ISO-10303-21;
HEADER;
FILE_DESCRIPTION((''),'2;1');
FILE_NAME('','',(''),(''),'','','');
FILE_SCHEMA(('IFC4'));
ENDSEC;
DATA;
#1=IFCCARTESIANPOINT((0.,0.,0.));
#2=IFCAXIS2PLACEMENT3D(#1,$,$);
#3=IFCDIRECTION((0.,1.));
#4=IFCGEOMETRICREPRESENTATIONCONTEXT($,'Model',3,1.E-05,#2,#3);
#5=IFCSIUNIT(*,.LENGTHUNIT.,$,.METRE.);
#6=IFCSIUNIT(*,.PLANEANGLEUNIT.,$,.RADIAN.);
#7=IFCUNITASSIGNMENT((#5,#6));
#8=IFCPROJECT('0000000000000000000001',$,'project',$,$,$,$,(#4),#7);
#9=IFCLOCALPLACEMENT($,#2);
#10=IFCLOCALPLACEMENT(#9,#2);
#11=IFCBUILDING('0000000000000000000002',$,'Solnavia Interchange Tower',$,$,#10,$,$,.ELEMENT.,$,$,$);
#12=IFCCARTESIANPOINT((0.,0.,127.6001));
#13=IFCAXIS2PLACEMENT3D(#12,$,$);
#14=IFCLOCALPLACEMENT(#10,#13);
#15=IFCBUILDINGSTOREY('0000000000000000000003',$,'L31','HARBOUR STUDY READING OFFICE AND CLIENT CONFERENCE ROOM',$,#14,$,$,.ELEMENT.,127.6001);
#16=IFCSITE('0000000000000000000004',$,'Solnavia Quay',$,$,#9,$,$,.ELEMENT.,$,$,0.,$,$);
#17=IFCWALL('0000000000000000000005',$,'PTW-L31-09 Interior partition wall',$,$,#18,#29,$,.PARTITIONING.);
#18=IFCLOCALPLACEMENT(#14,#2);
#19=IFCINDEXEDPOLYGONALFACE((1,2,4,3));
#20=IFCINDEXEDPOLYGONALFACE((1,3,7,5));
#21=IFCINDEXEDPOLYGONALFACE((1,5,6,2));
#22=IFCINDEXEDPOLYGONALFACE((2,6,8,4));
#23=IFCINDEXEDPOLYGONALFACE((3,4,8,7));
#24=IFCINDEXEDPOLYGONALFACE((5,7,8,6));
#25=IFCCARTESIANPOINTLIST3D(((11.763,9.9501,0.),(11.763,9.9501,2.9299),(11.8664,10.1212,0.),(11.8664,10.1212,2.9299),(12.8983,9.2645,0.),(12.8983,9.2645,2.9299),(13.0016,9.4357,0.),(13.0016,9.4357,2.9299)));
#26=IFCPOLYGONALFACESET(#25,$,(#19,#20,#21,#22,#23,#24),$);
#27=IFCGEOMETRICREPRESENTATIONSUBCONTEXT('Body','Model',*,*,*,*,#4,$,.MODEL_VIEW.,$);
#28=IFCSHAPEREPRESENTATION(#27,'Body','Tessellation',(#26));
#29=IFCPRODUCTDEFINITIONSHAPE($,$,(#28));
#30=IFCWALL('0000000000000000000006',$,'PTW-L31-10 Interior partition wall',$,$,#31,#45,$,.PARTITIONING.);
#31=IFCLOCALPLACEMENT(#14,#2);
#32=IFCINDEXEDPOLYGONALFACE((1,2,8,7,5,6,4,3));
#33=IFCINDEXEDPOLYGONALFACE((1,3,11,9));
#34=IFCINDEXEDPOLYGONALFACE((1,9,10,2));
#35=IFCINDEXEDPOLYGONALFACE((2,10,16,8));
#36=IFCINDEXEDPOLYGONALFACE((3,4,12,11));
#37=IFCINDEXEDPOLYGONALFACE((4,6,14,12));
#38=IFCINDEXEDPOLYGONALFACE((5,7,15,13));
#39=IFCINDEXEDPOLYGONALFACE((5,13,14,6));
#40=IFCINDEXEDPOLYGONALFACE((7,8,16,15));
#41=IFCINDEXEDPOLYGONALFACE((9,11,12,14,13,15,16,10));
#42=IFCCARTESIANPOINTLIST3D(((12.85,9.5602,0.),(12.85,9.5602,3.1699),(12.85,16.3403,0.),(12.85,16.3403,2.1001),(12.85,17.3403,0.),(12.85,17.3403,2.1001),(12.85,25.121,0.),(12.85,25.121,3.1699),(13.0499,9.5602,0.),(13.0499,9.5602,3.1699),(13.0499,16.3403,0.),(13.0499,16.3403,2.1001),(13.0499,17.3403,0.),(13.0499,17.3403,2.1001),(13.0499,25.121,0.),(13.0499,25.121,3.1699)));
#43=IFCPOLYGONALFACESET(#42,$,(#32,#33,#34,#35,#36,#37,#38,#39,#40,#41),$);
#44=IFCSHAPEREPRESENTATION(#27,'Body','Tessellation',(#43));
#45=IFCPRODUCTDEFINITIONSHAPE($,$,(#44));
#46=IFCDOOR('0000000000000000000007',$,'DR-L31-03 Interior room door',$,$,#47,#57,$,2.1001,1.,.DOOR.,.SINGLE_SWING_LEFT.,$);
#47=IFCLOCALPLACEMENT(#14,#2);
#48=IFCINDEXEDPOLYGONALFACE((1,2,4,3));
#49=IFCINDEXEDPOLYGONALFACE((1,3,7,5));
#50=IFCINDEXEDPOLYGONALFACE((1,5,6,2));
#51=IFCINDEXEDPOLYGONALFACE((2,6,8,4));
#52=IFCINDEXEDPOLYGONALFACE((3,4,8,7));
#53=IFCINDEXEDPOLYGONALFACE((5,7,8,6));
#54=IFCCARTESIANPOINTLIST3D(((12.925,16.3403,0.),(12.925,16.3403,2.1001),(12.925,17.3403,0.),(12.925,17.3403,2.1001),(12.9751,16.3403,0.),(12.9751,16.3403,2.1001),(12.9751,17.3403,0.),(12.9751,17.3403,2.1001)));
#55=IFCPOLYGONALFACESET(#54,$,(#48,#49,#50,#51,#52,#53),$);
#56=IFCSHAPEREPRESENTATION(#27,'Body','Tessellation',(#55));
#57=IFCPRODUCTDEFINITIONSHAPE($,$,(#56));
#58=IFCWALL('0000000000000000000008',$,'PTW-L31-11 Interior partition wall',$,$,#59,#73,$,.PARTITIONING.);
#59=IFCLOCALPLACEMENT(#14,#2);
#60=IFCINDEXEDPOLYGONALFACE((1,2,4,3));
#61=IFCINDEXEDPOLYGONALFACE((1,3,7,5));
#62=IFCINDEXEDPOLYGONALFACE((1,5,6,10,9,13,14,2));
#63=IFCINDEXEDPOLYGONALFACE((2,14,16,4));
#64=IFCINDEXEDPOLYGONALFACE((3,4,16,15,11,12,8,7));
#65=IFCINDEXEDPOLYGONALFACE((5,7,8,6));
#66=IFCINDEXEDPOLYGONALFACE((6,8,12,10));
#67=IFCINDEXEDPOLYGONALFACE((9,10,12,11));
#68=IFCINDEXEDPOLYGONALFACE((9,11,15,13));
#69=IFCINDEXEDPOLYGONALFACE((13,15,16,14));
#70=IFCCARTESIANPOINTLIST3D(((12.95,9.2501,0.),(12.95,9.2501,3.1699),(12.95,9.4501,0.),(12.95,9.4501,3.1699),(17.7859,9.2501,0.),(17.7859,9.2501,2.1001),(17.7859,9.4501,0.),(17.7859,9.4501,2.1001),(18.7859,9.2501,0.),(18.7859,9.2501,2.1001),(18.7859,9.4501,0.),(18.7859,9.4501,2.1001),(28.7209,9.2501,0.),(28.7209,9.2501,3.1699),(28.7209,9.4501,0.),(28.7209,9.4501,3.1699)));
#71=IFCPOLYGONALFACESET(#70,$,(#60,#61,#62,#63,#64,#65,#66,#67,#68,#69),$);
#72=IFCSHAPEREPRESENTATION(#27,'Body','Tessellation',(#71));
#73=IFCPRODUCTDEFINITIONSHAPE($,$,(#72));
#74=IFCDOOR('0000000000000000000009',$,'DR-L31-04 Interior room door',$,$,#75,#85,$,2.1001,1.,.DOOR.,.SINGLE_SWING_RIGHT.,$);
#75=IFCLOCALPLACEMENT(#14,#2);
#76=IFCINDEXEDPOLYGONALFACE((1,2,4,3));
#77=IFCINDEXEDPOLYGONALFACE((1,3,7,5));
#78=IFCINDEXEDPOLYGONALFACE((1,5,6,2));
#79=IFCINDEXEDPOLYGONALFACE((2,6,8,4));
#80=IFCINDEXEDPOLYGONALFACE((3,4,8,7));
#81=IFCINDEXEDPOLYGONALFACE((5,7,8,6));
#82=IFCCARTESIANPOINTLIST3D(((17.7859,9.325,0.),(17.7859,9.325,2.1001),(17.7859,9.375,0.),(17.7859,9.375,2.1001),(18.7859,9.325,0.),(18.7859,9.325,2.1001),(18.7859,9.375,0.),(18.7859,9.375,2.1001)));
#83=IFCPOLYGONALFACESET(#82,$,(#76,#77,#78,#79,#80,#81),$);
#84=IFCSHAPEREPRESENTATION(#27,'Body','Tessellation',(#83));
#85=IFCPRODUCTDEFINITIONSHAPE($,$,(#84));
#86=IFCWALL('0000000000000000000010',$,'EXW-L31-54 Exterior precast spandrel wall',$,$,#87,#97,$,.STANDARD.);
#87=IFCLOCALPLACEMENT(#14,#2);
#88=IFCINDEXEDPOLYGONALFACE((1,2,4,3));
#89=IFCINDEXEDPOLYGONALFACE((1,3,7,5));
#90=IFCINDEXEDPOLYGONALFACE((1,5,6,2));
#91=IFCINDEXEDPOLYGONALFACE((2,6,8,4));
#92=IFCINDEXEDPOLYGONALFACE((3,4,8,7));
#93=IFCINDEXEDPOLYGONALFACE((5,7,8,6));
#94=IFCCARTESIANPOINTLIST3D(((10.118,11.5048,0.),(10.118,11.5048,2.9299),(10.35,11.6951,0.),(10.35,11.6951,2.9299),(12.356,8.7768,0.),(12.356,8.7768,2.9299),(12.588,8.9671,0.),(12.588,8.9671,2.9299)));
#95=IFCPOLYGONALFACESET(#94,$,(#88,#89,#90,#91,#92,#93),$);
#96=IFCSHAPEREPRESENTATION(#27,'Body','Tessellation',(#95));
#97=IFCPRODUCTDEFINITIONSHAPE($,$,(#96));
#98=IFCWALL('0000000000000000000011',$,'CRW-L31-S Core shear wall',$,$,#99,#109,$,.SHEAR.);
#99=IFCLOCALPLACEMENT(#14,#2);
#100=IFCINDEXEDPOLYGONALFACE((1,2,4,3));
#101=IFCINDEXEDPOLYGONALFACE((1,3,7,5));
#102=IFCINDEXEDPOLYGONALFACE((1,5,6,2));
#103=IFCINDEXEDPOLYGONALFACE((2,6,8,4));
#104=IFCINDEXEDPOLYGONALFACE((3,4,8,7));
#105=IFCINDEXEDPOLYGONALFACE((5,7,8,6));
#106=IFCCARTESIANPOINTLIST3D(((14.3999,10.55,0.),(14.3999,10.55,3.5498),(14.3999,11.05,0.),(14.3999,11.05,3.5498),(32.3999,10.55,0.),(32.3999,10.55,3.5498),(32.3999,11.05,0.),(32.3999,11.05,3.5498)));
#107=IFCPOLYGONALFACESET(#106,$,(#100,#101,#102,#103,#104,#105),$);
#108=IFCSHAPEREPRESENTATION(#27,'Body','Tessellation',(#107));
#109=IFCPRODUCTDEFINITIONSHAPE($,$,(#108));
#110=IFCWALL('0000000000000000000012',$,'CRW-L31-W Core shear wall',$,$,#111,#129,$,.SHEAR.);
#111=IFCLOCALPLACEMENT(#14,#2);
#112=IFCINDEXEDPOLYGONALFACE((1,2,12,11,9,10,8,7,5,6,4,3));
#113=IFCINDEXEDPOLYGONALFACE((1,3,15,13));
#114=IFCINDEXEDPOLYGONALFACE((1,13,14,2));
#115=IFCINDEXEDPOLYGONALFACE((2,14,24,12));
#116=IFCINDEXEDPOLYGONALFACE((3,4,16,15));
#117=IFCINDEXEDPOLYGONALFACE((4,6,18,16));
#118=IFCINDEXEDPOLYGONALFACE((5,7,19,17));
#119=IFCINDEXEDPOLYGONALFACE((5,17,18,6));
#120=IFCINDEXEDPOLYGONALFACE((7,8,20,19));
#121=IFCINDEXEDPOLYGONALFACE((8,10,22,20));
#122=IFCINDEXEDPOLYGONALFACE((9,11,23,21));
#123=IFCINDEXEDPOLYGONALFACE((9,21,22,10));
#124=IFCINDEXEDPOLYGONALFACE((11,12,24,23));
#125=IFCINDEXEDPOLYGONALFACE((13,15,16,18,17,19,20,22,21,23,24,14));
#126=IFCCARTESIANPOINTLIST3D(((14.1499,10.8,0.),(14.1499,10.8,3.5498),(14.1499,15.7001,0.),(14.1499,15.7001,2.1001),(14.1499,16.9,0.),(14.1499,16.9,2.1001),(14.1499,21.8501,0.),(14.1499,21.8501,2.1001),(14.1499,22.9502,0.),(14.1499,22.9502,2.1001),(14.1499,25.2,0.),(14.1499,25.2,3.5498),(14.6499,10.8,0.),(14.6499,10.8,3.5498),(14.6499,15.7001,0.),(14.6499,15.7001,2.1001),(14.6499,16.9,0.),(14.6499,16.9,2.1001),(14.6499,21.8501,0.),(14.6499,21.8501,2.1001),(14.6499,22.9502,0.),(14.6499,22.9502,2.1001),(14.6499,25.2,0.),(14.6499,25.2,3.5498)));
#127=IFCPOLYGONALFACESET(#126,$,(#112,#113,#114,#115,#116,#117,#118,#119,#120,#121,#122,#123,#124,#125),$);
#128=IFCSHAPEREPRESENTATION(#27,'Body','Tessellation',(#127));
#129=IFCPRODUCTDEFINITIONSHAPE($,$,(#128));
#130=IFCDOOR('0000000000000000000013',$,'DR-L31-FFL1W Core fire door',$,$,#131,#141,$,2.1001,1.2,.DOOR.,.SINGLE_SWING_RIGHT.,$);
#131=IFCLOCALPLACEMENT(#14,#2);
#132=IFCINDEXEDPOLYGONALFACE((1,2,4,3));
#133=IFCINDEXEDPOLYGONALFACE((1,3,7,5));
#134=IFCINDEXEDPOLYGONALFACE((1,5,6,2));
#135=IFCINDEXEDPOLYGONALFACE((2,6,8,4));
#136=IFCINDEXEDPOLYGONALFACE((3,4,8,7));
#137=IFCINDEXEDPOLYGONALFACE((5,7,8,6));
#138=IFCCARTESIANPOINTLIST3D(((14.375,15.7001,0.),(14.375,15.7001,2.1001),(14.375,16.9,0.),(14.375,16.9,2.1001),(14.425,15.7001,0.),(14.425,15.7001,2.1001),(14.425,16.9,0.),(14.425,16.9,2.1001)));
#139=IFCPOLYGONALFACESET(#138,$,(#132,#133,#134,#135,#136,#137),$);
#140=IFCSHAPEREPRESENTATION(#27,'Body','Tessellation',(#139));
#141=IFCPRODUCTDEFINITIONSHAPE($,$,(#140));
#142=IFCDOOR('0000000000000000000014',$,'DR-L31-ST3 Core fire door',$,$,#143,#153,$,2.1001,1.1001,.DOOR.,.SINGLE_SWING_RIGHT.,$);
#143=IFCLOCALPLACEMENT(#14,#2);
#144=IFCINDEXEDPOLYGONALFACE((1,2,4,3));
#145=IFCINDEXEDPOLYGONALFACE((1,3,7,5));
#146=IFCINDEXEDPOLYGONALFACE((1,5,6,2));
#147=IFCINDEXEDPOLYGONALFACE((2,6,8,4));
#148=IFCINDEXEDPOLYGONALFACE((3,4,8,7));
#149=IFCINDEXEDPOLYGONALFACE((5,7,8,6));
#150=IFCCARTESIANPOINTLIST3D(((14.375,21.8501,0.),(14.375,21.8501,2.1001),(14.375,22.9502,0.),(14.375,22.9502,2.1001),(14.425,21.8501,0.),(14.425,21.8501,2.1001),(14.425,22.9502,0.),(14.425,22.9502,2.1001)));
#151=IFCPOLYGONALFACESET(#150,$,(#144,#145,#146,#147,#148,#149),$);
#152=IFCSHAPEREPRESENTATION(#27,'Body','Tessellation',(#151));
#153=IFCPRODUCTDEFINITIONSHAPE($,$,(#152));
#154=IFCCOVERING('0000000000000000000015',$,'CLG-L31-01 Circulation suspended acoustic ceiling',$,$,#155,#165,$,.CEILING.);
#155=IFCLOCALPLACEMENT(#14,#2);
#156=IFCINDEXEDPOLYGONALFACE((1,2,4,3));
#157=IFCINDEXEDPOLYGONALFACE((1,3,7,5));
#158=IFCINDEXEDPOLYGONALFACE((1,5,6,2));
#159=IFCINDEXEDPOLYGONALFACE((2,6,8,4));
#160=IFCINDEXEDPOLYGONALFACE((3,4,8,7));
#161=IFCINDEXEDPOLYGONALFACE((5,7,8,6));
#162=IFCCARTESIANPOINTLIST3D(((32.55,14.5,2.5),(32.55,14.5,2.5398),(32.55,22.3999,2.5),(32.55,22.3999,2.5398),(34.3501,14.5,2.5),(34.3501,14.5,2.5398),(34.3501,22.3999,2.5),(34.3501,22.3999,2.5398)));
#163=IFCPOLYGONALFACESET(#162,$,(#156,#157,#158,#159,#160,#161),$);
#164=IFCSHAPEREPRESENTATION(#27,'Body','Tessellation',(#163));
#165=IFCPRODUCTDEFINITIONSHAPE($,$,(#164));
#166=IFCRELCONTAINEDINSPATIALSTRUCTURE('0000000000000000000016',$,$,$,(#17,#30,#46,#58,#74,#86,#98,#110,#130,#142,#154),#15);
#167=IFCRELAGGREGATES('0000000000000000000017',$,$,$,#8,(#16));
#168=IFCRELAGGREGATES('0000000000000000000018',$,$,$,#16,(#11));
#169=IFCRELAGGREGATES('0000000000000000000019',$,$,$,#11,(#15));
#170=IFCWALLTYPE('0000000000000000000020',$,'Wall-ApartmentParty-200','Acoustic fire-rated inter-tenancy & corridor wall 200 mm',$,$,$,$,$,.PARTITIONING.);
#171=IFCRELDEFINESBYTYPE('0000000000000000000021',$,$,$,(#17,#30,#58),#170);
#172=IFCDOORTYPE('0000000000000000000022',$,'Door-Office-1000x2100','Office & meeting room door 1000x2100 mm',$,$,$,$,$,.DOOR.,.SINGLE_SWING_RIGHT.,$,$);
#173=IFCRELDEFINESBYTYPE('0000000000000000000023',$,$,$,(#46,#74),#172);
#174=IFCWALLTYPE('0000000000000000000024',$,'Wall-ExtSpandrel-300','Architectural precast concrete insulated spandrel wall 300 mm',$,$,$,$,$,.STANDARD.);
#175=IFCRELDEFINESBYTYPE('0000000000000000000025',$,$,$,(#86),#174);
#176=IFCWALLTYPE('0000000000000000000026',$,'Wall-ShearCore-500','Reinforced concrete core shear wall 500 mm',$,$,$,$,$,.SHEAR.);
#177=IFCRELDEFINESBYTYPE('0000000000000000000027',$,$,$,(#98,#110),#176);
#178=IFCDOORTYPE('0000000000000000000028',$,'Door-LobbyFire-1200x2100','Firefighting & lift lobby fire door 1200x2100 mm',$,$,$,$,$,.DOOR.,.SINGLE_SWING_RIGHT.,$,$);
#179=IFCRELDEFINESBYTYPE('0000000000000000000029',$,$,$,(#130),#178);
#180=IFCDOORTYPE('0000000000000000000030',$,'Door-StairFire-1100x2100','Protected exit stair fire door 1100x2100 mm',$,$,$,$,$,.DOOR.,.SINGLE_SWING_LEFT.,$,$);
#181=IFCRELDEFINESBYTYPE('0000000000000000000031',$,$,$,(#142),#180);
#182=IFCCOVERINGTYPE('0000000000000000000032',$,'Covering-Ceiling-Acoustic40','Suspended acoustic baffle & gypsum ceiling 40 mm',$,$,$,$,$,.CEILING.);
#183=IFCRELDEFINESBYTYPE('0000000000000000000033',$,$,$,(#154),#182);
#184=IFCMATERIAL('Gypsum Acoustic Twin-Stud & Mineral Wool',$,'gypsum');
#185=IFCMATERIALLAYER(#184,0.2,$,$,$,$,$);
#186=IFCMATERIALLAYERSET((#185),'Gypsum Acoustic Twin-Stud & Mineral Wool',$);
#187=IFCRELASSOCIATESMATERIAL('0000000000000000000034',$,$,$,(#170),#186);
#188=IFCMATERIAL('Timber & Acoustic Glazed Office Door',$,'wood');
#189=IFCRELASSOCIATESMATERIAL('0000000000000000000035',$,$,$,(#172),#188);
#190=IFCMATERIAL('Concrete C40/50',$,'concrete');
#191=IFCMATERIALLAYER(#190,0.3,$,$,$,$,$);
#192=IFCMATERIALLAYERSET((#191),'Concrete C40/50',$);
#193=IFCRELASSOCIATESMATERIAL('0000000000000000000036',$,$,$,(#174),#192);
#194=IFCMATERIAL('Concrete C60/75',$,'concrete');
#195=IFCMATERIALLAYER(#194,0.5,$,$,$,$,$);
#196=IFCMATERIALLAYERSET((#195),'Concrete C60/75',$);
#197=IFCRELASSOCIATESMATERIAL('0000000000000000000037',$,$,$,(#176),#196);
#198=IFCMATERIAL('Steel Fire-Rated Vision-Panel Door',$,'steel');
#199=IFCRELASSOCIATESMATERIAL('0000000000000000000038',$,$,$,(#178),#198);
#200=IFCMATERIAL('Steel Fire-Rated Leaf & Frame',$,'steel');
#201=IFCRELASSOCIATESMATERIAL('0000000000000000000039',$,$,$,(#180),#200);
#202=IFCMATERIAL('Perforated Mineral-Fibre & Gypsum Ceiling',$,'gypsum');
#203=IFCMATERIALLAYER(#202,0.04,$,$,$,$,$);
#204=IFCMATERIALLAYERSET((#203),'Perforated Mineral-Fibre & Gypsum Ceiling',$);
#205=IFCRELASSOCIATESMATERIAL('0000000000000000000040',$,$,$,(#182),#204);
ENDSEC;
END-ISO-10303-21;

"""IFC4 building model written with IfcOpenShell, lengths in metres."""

from ifc_helpers import new_model, si_unit, direction, frame, frame_2d, origin, place, context, subcontext, project, spatial, polyline, rectangle, outline, extrude, material, layer, layer_set, type_object, element, fill, save


model = new_model("IFC4")

# Units and contexts
model_context = context("Model", 3, precision=1e-05, world=origin(), true_north=direction((0.0, 1.0)))
body_context = subcontext(model_context, "Body", "Model", "MODEL_VIEW")
ifc_project = project(units=[si_unit("LENGTHUNIT", "METRE"), si_unit("PLANEANGLEUNIT", "RADIAN")], contexts=[model_context])

# Site, building, storey
site_placement = place(None, origin())
site = spatial("IfcSite", under=ifc_project, at=site_placement, Name="Solnavia Quay", CompositionType="ELEMENT", RefElevation=0.0)
building_placement = place(site_placement, origin())
building = spatial("IfcBuilding", under=site, at=building_placement, Name="Solnavia Interchange Tower", CompositionType="ELEMENT")
storey_placement = place(building_placement, frame((0.0, 0.0, 127.6001)))
storey = spatial("IfcBuildingStorey", under=building, at=storey_placement, Name="L31", Description="HARBOUR STUDY READING OFFICE AND CLIENT CONFERENCE ROOM", CompositionType="ELEMENT", Elevation=127.6001)

# Shared definitions
ifc_material_1 = material(Name="Concrete C40/50", Category="concrete")

# Wall
ifc_material_2 = material(Name="Gypsum Acoustic Twin-Stud & Mineral Wool", Category="gypsum")
ifc_layer_1 = layer(ifc_material_2, 0.2)
ifc_layer_set_1 = layer_set([ifc_layer_1], Name="Gypsum Acoustic Twin-Stud & Mineral Wool")
wall_type_1 = type_object("IfcWallType", Name="Wall-ApartmentParty-200", Description="Acoustic fire-rated inter-tenancy & corridor wall 200 mm", PredefinedType="PARTITIONING", material=ifc_layer_set_1)
wall_1_placement = place(storey_placement, frame((12.95, 9.3501, 0.0), z_axis=(0.0, 0.0, 1.0), x_axis=(-0.856028, 0.51693, 0.0)))
element("IfcWall", 1, at=wall_1_placement, inside=storey, type_object=wall_type_1, Name="PTW-L31-09 Interior partition wall", PredefinedType="PARTITIONING", context=body_context, shape_type="SweptSolid", body=[
    extrude(rectangle(XDim=1.3262, YDim=0.2, at=frame_2d((0.6631, 0.0))), origin(), (0.0, 0.0, 1.0), 2.9299),
])

# Walls, openings, doors
wall_2_placement = place(storey_placement, frame((12.95, 9.5603, 0.0), z_axis=(0.0, 0.0, 1.0), x_axis=(0.0, 1.0, 0.0)))
wall_2 = element("IfcWall", 2, at=wall_2_placement, inside=storey, type_object=wall_type_1, Name="PTW-L31-10 Interior partition wall", PredefinedType="PARTITIONING", context=body_context, shape_type="SweptSolid", body=[
    extrude(rectangle(XDim=15.5608, YDim=0.2, at=frame_2d((7.7803, 0.0))), origin(), (0.0, 0.0, 1.0), 3.1699),
])
opening_1_placement = place(wall_2_placement, frame((6.78, 0.0, 0.0)))
opening_1 = element("IfcOpeningElement", 3, at=opening_1_placement, cuts=wall_2, PredefinedType="OPENING", context=body_context, shape_type="SweptSolid", body=[
    extrude(rectangle(XDim=1.0, YDim=2.1001, at=frame_2d((0.5, 1.05))), frame((0.0, 0.1099, 0.0), z_axis=(0.0, -1.0, 0.0), x_axis=(1.0, 0.0, 0.0)), (0.0, 0.0, 1.0), 0.22),
])
ifc_material_3 = material(Name="Timber & Acoustic Glazed Office Door", Category="wood")
door_type_1 = type_object("IfcDoorType", Name="Door-Office-1000x2100", Description="Office & meeting room door 1000x2100 mm", OperationType="SINGLE_SWING_RIGHT", PredefinedType="DOOR", material=ifc_material_3)
door_1_placement = place(opening_1_placement, origin())
door_1 = element("IfcDoor", 4, at=door_1_placement, inside=storey, type_object=door_type_1, Name="DR-L31-03 Interior room door", OperationType="SINGLE_SWING_LEFT", OverallHeight=2.1001, OverallWidth=1.0, PredefinedType="DOOR", context=body_context, shape_type="SweptSolid", body=[
    extrude(rectangle(XDim=1.0, YDim=2.1001, at=frame_2d((0.5, 1.05))), frame((0.0, 0.0249, 0.0), z_axis=(0.0, -1.0, 0.0), x_axis=(1.0, 0.0, 0.0)), (0.0, 0.0, 1.0), 0.05),
])
fill(opening_1, door_1)
wall_3_placement = place(storey_placement, frame((12.95, 9.3501, 0.0), z_axis=(0.0, 0.0, 1.0), x_axis=(1.0, 0.0, 0.0)))
wall_3 = element("IfcWall", 5, at=wall_3_placement, inside=storey, type_object=wall_type_1, Name="PTW-L31-11 Interior partition wall", PredefinedType="PARTITIONING", context=body_context, shape_type="SweptSolid", body=[
    extrude(rectangle(XDim=15.771, YDim=0.2, at=frame_2d((7.8855, 0.0))), origin(), (0.0, 0.0, 1.0), 3.1699),
])
opening_2_placement = place(wall_3_placement, frame((4.8359, 0.0, 0.0)))
opening_2 = element("IfcOpeningElement", 6, at=opening_2_placement, cuts=wall_3, PredefinedType="OPENING", context=body_context, shape_type="SweptSolid", body=[
    extrude(rectangle(XDim=1.0, YDim=2.1001, at=frame_2d((0.5, 1.05))), frame((0.0, 0.1099, 0.0), z_axis=(0.0, -1.0, 0.0), x_axis=(1.0, 0.0, 0.0)), (0.0, 0.0, 1.0), 0.22),
])
door_2_placement = place(opening_2_placement, origin())
door_2 = element("IfcDoor", 7, at=door_2_placement, inside=storey, type_object=door_type_1, Name="DR-L31-04 Interior room door", OperationType="SINGLE_SWING_RIGHT", OverallHeight=2.1001, OverallWidth=1.0, PredefinedType="DOOR", context=body_context, shape_type="SweptSolid", body=[
    extrude(rectangle(XDim=1.0, YDim=2.1001, at=frame_2d((0.5, 1.05))), frame((0.0, 0.0249, 0.0), z_axis=(0.0, -1.0, 0.0), x_axis=(1.0, 0.0, 0.0)), (0.0, 0.0, 1.0), 0.05),
])
fill(opening_2, door_2)

# Walls
ifc_layer_2 = layer(ifc_material_1, 0.3)
ifc_layer_set_2 = layer_set([ifc_layer_2], Name="Concrete C40/50")
wall_type_2 = type_object("IfcWallType", Name="Wall-ExtSpandrel-300", Description="Architectural precast concrete insulated spandrel wall 300 mm", PredefinedType="STANDARD", material=ifc_layer_set_2)
wall_4_placement = place(storey_placement, frame((12.4719, 8.8721, 0.0), z_axis=(0.0, 0.0, 1.0), x_axis=(-0.634258, 0.773121, 0.0)))
element("IfcWall", 8, at=wall_4_placement, inside=storey, type_object=wall_type_2, Name="EXW-L31-54 Exterior precast spandrel wall", PredefinedType="STANDARD", context=body_context, shape_type="SweptSolid", body=[
    extrude(rectangle(XDim=3.5286, YDim=0.3, at=frame_2d((1.7642, 0.0))), origin(), (0.0, 0.0, 1.0), 2.9299),
])
ifc_material_4 = material(Name="Concrete C60/75", Category="concrete")
ifc_layer_3 = layer(ifc_material_4, 0.5)
ifc_layer_set_3 = layer_set([ifc_layer_3], Name="Concrete C60/75")
wall_type_3 = type_object("IfcWallType", Name="Wall-ShearCore-500", Description="Reinforced concrete core shear wall 500 mm", PredefinedType="SHEAR", material=ifc_layer_set_3)
wall_5_placement = place(storey_placement, frame((14.3999, 10.8, 0.0), z_axis=(0.0, 0.0, 1.0), x_axis=(1.0, 0.0, 0.0)))
element("IfcWall", 9, at=wall_5_placement, inside=storey, type_object=wall_type_3, Name="CRW-L31-S Core shear wall", PredefinedType="SHEAR", context=body_context, shape_type="SweptSolid", body=[
    extrude(rectangle(XDim=18.0, YDim=0.5, at=frame_2d((9.0, 0.0))), origin(), (0.0, 0.0, 1.0), 3.5498),
])

# Wall, openings, doors
wall_6_placement = place(storey_placement, frame((14.3999, 10.8, 0.0), z_axis=(0.0, 0.0, 1.0), x_axis=(0.0, 1.0, 0.0)))
wall_6 = element("IfcWall", 10, at=wall_6_placement, inside=storey, type_object=wall_type_3, Name="CRW-L31-W Core shear wall", PredefinedType="SHEAR", context=body_context, shape_type="SweptSolid", body=[
    extrude(rectangle(XDim=14.3999, YDim=0.5, at=frame_2d((7.2, 0.0))), origin(), (0.0, 0.0, 1.0), 3.5498),
])
opening_3_placement = place(wall_6_placement, frame((11.05, 0.0, 0.0)))
opening_3 = element("IfcOpeningElement", 11, at=opening_3_placement, cuts=wall_6, PredefinedType="OPENING", context=body_context, shape_type="SweptSolid", body=[
    extrude(rectangle(XDim=1.1001, YDim=2.1001, at=frame_2d((0.55, 1.05))), frame((0.0, 0.26, 0.0), z_axis=(0.0, -1.0, 0.0), x_axis=(1.0, 0.0, 0.0)), (0.0, 0.0, 1.0), 0.52),
])
opening_4_placement = place(wall_6_placement, frame((4.8999, 0.0, 0.0)))
opening_4 = element("IfcOpeningElement", 12, at=opening_4_placement, cuts=wall_6, PredefinedType="OPENING", context=body_context, shape_type="SweptSolid", body=[
    extrude(rectangle(XDim=1.2, YDim=2.1001, at=frame_2d((0.6001, 1.05))), frame((0.0, 0.26, 0.0), z_axis=(0.0, -1.0, 0.0), x_axis=(1.0, 0.0, 0.0)), (0.0, 0.0, 1.0), 0.52),
])
ifc_material_5 = material(Name="Steel Fire-Rated Vision-Panel Door", Category="steel")
door_type_2 = type_object("IfcDoorType", Name="Door-LobbyFire-1200x2100", Description="Firefighting & lift lobby fire door 1200x2100 mm", OperationType="SINGLE_SWING_RIGHT", PredefinedType="DOOR", material=ifc_material_5)
door_3_placement = place(opening_4_placement, origin())
door_3 = element("IfcDoor", 13, at=door_3_placement, inside=storey, type_object=door_type_2, Name="DR-L31-FFL1W Core fire door", OperationType="SINGLE_SWING_RIGHT", OverallHeight=2.1001, OverallWidth=1.2, PredefinedType="DOOR", context=body_context, shape_type="SweptSolid", body=[
    extrude(rectangle(XDim=1.2, YDim=2.1001, at=frame_2d((0.6001, 1.05))), frame((0.0, 0.0249, 0.0), z_axis=(0.0, -1.0, 0.0), x_axis=(1.0, 0.0, 0.0)), (0.0, 0.0, 1.0), 0.05),
])
fill(opening_4, door_3)
ifc_material_6 = material(Name="Steel Fire-Rated Leaf & Frame", Category="steel")
door_type_3 = type_object("IfcDoorType", Name="Door-StairFire-1100x2100", Description="Protected exit stair fire door 1100x2100 mm", OperationType="SINGLE_SWING_LEFT", PredefinedType="DOOR", material=ifc_material_6)
door_4_placement = place(opening_3_placement, origin())
door_4 = element("IfcDoor", 14, at=door_4_placement, inside=storey, type_object=door_type_3, Name="DR-L31-ST3 Core fire door", OperationType="SINGLE_SWING_RIGHT", OverallHeight=2.1001, OverallWidth=1.1001, PredefinedType="DOOR", context=body_context, shape_type="SweptSolid", body=[
    extrude(rectangle(XDim=1.1001, YDim=2.1001, at=frame_2d((0.55, 1.05))), frame((0.0, 0.0249, 0.0), z_axis=(0.0, -1.0, 0.0), x_axis=(1.0, 0.0, 0.0)), (0.0, 0.0, 1.0), 0.05),
])
fill(opening_3, door_4)

# Covering
ifc_material_7 = material(Name="Perforated Mineral-Fibre & Gypsum Ceiling", Category="gypsum")
ifc_layer_4 = layer(ifc_material_7, 0.04)
ifc_layer_set_4 = layer_set([ifc_layer_4], Name="Perforated Mineral-Fibre & Gypsum Ceiling")
covering_type_1 = type_object("IfcCoveringType", Name="Covering-Ceiling-Acoustic40", Description="Suspended acoustic baffle & gypsum ceiling 40 mm", PredefinedType="CEILING", material=ifc_layer_set_4)
covering_1_placement = place(storey_placement, frame((0.0, 0.0, 2.5)))
element("IfcCovering", 15, at=covering_1_placement, inside=storey, type_object=covering_type_1, Name="CLG-L31-01 Circulation suspended acoustic ceiling", PredefinedType="CEILING", context=body_context, shape_type="SweptSolid", body=[
    extrude(outline(polyline([(32.55, 14.5), (34.3501, 14.5), (34.3501, 22.3999), (32.55, 22.3999), (32.55, 14.5)])), origin(), (0.0, 0.0, 1.0), 0.0398),
])

save(model, "model.ifc")
